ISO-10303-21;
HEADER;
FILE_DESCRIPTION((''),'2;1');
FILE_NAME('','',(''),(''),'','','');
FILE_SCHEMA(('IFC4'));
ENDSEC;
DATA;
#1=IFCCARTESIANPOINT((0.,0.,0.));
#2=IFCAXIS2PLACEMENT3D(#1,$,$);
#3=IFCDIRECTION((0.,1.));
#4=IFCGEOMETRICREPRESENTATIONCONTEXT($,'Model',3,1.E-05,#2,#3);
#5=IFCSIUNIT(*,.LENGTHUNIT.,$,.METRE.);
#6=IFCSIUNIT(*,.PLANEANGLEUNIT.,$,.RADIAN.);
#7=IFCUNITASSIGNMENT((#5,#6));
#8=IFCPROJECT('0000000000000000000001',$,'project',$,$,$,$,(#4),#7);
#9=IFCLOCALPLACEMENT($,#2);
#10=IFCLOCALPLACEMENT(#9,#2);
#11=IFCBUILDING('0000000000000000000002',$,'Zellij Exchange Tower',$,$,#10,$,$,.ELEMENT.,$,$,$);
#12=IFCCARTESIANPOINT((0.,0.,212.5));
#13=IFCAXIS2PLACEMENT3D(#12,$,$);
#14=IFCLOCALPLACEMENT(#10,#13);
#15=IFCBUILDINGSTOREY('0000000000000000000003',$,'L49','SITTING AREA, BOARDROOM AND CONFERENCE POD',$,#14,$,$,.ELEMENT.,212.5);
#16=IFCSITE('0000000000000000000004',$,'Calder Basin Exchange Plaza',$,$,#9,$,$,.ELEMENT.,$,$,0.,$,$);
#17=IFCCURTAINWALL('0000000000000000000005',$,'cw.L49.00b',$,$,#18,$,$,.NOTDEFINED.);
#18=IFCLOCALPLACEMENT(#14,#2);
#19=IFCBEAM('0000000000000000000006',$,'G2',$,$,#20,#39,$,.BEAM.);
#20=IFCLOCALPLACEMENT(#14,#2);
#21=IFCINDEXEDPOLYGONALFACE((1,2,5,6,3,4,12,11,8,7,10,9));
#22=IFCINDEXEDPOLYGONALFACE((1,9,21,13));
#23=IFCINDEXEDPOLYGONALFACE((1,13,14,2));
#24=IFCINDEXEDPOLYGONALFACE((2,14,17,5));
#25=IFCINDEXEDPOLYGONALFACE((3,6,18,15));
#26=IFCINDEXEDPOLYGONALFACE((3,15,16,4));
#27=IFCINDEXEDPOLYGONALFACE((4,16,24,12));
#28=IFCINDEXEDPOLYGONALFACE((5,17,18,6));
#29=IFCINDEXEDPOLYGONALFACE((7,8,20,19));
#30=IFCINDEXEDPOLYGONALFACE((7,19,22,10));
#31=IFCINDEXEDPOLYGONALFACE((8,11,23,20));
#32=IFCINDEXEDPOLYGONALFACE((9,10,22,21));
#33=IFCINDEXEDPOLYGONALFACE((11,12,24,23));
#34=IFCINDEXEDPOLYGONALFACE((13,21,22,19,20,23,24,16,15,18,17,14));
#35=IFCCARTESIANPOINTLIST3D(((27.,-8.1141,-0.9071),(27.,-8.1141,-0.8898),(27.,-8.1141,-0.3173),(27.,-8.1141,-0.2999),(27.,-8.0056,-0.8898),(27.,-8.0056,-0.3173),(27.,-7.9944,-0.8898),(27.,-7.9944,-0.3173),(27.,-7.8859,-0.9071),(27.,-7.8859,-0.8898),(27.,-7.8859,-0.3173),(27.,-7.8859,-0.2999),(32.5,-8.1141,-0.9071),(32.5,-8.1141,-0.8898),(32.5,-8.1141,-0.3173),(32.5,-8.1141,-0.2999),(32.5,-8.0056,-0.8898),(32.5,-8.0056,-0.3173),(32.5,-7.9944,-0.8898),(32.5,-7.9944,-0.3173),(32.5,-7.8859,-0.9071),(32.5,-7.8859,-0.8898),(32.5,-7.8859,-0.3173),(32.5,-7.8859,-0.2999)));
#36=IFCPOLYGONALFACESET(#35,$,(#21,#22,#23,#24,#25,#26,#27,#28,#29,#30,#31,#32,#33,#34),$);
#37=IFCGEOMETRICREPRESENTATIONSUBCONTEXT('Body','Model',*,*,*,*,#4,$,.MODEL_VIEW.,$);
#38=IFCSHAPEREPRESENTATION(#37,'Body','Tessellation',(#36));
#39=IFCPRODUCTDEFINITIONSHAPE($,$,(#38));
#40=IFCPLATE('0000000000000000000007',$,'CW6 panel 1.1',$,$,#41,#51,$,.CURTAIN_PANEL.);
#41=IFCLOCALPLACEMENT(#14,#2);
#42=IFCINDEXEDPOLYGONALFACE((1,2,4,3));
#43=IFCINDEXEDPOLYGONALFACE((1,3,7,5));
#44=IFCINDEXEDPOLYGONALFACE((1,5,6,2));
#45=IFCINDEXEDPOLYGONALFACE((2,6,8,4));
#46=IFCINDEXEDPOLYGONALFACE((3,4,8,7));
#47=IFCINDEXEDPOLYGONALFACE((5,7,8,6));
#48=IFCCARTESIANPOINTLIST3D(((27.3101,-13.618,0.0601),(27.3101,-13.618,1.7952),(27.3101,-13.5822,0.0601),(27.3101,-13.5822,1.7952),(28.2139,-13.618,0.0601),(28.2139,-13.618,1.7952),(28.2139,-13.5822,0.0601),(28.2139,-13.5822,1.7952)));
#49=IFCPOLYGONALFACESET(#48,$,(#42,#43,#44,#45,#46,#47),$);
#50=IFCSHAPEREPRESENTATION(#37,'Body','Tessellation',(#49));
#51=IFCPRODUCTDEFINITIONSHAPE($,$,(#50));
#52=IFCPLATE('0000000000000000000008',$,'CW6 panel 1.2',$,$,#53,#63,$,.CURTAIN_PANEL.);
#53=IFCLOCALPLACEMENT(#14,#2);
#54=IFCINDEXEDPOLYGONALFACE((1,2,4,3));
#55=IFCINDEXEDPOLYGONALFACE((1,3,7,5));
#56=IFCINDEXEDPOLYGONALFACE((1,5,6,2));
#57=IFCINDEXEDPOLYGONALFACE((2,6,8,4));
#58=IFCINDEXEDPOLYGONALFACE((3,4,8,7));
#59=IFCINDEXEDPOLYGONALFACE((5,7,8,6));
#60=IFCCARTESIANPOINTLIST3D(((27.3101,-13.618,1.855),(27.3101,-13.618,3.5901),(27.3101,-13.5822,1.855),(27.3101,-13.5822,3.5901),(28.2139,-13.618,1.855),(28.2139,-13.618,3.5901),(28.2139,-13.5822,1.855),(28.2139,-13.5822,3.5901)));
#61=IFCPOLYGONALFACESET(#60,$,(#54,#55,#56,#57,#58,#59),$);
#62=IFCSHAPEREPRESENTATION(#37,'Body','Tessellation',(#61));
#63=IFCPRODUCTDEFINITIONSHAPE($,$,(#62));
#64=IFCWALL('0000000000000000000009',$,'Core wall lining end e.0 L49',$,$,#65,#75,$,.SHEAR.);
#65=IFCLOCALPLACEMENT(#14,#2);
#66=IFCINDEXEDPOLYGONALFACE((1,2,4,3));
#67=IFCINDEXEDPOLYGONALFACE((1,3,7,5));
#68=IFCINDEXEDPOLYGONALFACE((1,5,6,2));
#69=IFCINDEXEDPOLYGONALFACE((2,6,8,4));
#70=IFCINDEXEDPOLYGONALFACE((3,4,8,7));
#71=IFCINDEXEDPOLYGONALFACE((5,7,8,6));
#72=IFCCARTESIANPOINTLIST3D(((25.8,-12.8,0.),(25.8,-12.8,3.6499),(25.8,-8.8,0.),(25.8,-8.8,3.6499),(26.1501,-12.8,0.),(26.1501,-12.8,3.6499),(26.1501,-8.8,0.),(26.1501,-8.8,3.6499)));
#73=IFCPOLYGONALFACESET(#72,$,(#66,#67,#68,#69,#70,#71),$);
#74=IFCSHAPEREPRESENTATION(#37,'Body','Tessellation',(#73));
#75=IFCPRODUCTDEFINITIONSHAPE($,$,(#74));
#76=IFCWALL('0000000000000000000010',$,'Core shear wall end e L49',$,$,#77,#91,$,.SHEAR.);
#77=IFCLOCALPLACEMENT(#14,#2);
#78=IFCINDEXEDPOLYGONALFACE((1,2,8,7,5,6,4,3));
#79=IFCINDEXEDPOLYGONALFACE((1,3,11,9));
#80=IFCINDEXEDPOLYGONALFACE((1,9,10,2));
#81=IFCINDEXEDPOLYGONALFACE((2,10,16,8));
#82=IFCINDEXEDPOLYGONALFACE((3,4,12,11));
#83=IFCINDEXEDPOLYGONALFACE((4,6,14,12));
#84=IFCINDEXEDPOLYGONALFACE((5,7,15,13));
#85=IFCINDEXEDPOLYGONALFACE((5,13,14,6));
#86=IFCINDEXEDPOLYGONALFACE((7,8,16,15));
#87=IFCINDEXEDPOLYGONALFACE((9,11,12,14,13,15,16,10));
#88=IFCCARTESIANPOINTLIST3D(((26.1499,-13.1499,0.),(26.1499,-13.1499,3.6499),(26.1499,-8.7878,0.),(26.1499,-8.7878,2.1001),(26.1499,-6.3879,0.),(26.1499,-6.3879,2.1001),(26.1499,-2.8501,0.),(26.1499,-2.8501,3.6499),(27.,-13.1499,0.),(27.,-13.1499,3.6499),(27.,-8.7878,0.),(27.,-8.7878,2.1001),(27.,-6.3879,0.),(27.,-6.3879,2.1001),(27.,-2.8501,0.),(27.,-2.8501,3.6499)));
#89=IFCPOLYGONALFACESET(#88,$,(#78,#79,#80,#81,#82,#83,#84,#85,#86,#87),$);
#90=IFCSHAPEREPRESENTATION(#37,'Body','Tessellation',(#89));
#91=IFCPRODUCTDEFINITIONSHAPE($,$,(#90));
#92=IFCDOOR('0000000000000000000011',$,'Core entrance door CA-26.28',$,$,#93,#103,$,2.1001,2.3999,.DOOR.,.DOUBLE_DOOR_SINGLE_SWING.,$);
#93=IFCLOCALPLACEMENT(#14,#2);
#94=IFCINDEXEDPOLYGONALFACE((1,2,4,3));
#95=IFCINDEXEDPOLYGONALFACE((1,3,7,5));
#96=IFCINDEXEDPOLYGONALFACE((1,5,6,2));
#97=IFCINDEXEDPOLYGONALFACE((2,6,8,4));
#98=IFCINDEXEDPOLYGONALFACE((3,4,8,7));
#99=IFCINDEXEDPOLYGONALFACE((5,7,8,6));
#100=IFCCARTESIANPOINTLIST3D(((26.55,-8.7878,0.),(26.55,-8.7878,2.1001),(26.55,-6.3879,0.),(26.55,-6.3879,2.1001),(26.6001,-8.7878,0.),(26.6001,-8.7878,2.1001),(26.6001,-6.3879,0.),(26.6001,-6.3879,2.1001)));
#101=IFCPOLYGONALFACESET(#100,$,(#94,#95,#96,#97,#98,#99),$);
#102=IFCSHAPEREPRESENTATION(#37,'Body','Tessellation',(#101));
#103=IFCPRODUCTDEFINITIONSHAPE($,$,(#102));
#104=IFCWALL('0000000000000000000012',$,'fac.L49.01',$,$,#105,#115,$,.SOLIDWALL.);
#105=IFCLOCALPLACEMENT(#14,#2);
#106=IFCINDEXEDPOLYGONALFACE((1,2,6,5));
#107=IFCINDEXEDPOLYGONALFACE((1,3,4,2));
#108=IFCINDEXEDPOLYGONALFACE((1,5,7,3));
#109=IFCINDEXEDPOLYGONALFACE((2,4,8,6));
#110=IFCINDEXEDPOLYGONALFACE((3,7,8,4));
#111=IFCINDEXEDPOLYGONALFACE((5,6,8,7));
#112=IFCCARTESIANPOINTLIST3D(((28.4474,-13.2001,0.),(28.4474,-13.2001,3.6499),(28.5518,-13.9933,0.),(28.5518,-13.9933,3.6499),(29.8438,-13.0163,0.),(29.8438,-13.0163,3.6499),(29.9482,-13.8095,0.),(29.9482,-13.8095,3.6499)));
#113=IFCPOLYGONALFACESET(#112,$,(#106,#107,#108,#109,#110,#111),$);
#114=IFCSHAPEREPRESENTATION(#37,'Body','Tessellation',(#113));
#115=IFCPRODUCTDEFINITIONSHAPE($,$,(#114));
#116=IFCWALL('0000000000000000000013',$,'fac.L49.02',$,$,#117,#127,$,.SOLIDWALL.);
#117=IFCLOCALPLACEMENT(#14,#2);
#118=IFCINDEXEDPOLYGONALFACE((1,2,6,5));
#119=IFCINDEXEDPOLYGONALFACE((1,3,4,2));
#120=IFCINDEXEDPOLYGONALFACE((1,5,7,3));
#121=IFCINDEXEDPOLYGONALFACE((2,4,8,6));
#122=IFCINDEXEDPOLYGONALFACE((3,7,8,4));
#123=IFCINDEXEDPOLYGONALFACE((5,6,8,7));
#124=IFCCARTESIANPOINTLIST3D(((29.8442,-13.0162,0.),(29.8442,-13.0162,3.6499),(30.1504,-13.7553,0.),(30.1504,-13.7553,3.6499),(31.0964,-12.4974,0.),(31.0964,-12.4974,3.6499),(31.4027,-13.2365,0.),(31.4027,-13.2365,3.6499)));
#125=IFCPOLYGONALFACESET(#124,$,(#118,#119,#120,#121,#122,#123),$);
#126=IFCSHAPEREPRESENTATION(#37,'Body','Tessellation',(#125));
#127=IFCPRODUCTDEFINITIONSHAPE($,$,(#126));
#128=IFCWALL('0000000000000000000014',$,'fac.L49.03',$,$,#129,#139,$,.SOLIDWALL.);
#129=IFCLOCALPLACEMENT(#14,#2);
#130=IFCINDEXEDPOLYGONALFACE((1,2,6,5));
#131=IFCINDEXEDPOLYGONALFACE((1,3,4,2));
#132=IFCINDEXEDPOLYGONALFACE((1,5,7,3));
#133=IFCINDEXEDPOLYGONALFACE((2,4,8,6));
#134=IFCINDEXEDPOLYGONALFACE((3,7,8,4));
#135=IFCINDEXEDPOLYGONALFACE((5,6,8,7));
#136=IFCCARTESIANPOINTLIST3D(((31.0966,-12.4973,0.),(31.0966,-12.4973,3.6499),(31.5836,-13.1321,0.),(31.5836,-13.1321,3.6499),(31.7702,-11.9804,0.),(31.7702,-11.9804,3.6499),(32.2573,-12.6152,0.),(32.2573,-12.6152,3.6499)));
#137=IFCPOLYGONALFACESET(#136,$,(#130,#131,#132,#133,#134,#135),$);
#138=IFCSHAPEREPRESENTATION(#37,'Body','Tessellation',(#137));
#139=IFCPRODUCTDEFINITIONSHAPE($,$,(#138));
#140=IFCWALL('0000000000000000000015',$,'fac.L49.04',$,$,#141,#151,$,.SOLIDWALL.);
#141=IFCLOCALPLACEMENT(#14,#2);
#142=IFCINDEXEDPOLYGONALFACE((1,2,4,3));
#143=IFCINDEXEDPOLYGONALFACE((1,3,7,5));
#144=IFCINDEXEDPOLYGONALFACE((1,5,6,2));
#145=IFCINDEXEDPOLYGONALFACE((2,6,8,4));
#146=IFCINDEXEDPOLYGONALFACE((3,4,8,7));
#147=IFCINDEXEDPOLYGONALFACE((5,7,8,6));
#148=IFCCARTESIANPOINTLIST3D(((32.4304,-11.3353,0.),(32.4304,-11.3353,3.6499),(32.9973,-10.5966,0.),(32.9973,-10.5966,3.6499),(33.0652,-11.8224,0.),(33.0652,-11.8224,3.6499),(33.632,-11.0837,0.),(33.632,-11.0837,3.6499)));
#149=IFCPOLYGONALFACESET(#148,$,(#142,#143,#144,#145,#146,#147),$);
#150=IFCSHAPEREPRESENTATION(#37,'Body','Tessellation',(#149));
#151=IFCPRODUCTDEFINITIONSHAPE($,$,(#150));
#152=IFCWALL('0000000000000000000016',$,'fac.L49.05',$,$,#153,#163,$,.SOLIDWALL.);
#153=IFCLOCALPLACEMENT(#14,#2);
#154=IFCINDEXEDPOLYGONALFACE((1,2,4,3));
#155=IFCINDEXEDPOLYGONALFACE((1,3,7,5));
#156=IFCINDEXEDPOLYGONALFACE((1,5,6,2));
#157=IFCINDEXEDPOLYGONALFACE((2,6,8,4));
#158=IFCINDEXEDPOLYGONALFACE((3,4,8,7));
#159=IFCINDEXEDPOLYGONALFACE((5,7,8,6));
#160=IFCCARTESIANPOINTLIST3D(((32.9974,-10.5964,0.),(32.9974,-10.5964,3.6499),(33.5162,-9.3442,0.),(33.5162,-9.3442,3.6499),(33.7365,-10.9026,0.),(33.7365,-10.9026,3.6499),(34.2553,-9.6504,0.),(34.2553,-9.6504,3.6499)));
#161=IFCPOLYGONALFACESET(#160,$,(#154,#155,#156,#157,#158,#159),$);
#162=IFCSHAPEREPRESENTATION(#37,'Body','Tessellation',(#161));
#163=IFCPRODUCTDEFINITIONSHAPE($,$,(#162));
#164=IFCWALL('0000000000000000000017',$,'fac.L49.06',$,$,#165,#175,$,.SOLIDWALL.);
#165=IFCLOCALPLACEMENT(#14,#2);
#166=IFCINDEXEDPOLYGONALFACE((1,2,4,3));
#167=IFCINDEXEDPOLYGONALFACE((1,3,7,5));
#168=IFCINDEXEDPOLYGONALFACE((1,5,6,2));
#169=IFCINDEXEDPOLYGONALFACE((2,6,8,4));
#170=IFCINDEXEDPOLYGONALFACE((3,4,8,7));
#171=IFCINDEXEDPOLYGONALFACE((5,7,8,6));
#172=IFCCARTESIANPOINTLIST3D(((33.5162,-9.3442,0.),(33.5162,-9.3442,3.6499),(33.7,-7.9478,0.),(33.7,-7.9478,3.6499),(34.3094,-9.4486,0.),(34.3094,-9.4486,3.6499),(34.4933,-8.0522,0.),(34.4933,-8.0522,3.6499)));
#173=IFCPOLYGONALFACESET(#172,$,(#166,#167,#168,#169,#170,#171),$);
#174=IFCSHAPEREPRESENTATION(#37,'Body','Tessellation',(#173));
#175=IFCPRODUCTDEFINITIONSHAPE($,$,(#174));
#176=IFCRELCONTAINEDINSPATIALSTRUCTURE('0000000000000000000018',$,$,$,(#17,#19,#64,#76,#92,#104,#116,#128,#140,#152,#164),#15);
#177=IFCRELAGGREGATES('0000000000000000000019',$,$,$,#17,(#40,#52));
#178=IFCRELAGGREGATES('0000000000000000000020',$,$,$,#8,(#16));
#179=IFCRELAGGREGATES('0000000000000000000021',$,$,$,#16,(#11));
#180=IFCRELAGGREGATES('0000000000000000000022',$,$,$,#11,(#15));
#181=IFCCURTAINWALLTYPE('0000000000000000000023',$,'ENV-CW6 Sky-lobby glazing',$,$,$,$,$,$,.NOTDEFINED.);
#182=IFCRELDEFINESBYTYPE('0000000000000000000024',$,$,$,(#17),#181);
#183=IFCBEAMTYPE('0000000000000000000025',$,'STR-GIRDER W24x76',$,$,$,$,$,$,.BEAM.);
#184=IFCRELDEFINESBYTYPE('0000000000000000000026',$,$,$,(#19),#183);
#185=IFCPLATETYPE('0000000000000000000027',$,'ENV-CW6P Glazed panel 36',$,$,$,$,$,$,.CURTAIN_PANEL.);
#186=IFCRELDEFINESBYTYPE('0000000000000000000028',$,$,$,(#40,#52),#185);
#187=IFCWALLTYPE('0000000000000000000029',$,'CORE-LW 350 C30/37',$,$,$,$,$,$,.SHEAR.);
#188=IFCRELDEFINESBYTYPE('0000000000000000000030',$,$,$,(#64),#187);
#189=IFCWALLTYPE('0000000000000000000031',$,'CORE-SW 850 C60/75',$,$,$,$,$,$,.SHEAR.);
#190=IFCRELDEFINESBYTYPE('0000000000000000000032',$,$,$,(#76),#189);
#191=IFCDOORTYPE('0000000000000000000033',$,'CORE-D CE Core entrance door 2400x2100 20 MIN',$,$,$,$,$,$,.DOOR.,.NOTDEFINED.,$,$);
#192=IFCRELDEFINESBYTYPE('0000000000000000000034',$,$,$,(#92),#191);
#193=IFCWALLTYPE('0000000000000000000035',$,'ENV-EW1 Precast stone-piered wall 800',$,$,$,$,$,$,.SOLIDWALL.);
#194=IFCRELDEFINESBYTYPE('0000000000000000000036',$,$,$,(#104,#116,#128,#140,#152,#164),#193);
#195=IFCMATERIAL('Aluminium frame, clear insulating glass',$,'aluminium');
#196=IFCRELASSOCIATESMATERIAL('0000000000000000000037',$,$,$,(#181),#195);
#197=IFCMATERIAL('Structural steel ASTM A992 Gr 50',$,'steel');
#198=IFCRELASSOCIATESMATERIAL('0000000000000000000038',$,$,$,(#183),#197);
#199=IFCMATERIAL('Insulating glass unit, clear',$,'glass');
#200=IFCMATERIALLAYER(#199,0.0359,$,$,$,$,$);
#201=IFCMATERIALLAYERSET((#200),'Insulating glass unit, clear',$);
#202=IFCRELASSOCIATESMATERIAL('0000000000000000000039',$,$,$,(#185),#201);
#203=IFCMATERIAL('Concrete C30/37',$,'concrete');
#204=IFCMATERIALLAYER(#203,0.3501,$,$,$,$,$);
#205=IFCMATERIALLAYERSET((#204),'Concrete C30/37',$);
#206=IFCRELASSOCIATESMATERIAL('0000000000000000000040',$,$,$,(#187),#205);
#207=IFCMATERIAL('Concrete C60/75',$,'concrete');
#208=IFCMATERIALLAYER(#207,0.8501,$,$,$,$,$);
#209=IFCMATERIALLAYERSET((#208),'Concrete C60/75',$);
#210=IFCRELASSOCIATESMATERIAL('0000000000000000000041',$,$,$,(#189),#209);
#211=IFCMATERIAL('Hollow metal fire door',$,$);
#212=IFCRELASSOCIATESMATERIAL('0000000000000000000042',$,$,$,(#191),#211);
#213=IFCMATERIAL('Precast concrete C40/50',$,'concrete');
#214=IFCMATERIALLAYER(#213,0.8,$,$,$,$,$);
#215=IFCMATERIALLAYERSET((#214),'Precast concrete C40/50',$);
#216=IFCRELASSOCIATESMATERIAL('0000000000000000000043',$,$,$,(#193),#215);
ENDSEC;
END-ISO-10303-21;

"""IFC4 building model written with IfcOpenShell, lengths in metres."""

from ifc_helpers import new_model, si_unit, direction, frame, frame_2d, origin, origin_2d, place, context, subcontext, project, spatial, rectangle, i_section, extrude, material, layer, layer_set, material_profile, profile_set, type_object, element, fill, aggregate, save


model = new_model("IFC4")

# Units and contexts
model_context = context("Model", 3, precision=1e-05, world=origin(), true_north=direction((0.0, 1.0)))
body_context = subcontext(model_context, "Body", "Model", "MODEL_VIEW")
ifc_project = project(units=[si_unit("LENGTHUNIT", "METRE"), si_unit("PLANEANGLEUNIT", "RADIAN")], contexts=[model_context])

# Site, building, storey
site_placement = place(None, origin())
site = spatial("IfcSite", under=ifc_project, at=site_placement, Name="Calder Basin Exchange Plaza", CompositionType="ELEMENT", RefElevation=0.0)
building_placement = place(site_placement, origin())
building = spatial("IfcBuilding", under=site, at=building_placement, Name="Zellij Exchange Tower", CompositionType="ELEMENT")
storey_placement = place(building_placement, frame((0.0, 0.0, 212.5)))
storey = spatial("IfcBuildingStorey", under=building, at=storey_placement, Name="L49", Description="SITTING AREA, BOARDROOM AND CONFERENCE POD", CompositionType="ELEMENT", Elevation=212.5)

# Shared definitions
ifc_material_1 = material(Name="Concrete C60/75", Category="concrete")

# Curtain wall
ifc_material_2 = material(Name="Aluminium frame, clear insulating glass", Category="aluminium")
curtain_wall_type = type_object("IfcCurtainWallType", Name="ENV-CW6 Sky-lobby glazing", PredefinedType="NOTDEFINED", material=ifc_material_2)
curtain_wall_placement = place(storey_placement, origin())
curtain_wall = element("IfcCurtainWall", 1, at=curtain_wall_placement, inside=storey, type_object=curtain_wall_type, Name="cw.L49.00b", PredefinedType="NOTDEFINED")

# Beam
ifc_material_3 = material(Name="Structural steel ASTM A992 Gr 50", Category="steel")
ifc_material_profile_1 = material_profile(ifc_material_3, i_section(OverallWidth=0.2283, OverallDepth=0.6072, WebThickness=0.0112, FlangeThickness=0.0173, at=origin_2d()), Name="W24x76")
ifc_profile_set_1 = profile_set([ifc_material_profile_1], Name="Structural steel ASTM A992 Gr 50")
beam_type_1 = type_object("IfcBeamType", Name="STR-GIRDER W24x76", PredefinedType="BEAM", material=ifc_profile_set_1)
beam_1_placement = place(storey_placement, frame((27.0, -8.0, -0.6035), z_axis=(1.0, 0.0, 0.0), x_axis=(0.0, 1.0, 0.0)))
element("IfcBeam", 2, at=beam_1_placement, inside=storey, type_object=beam_type_1, Name="G2", PredefinedType="BEAM", context=body_context, shape_type="SweptSolid", body=[
    extrude(i_section(OverallWidth=0.2283, OverallDepth=0.6072, WebThickness=0.0112, FlangeThickness=0.0173, at=origin_2d()), origin(), (0.0, 0.0, 1.0), 5.5),
])

# Plates
ifc_material_4 = material(Name="Insulating glass unit, clear", Category="glass")
ifc_layer_1 = layer(ifc_material_4, 0.0359)
ifc_layer_set_1 = layer_set([ifc_layer_1], Name="Insulating glass unit, clear")
plate_type = type_object("IfcPlateType", Name="ENV-CW6P Glazed panel 36", PredefinedType="CURTAIN_PANEL", material=ifc_layer_set_1)
plate_1_placement = place(storey_placement, frame((27.762, -13.6001, 0.0601), z_axis=(0.0, 0.0, 1.0), x_axis=(1.0, 0.0, 0.0)))
plate_1 = element("IfcPlate", 3, at=plate_1_placement, type_object=plate_type, Name="CW6 panel 1.1", PredefinedType="CURTAIN_PANEL", context=body_context, shape_type="SweptSolid", body=[
    extrude(rectangle(XDim=0.9038, YDim=0.0359, at=origin_2d()), origin(), (0.0, 0.0, 1.0), 1.7351),
])
plate_2_placement = place(storey_placement, frame((27.762, -13.6001, 1.855), z_axis=(0.0, 0.0, 1.0), x_axis=(1.0, 0.0, 0.0)))
plate_2 = element("IfcPlate", 4, at=plate_2_placement, type_object=plate_type, Name="CW6 panel 1.2", PredefinedType="CURTAIN_PANEL", context=body_context, shape_type="SweptSolid", body=[
    extrude(rectangle(XDim=0.9038, YDim=0.0359, at=origin_2d()), origin(), (0.0, 0.0, 1.0), 1.7351),
])
aggregate(curtain_wall, [plate_1, plate_2])

# Wall
ifc_material_5 = material(Name="Concrete C30/37", Category="concrete")
ifc_layer_2 = layer(ifc_material_5, 0.3501)
ifc_layer_set_2 = layer_set([ifc_layer_2], Name="Concrete C30/37")
wall_type_1 = type_object("IfcWallType", Name="CORE-LW 350 C30/37", PredefinedType="SHEAR", material=ifc_layer_set_2)
wall_1_placement = place(storey_placement, frame((25.9751, -12.8, 0.0), z_axis=(0.0, 0.0, 1.0), x_axis=(0.0, 1.0, 0.0)))
element("IfcWall", 5, at=wall_1_placement, inside=storey, type_object=wall_type_1, Name="Core wall lining end e.0 L49", PredefinedType="SHEAR", context=body_context, shape_type="SweptSolid", body=[
    extrude(rectangle(XDim=4.0, YDim=0.3501, at=frame_2d((2.0, 0.0))), origin(), (0.0, 0.0, 1.0), 3.6499),
])

# Wall, opening, door
ifc_layer_3 = layer(ifc_material_1, 0.8501)
ifc_layer_set_3 = layer_set([ifc_layer_3], Name="Concrete C60/75")
wall_type_2 = type_object("IfcWallType", Name="CORE-SW 850 C60/75", PredefinedType="SHEAR", material=ifc_layer_set_3)
wall_2_placement = place(storey_placement, frame((26.575, -13.1499, 0.0), z_axis=(0.0, 0.0, 1.0), x_axis=(0.0, 1.0, 0.0)))
wall_2 = element("IfcWall", 6, at=wall_2_placement, inside=storey, type_object=wall_type_2, Name="Core shear wall end e L49", PredefinedType="SHEAR", context=body_context, shape_type="SweptSolid", body=[
    extrude(rectangle(XDim=10.2998, YDim=0.8501, at=frame_2d((5.1499, 0.0))), origin(), (0.0, 0.0, 1.0), 3.6499),
])
opening_placement = place(wall_2_placement, frame((4.3621, 0.0, 0.0)))
opening = element("IfcOpeningElement", 7, at=opening_placement, cuts=wall_2, PredefinedType="OPENING", context=body_context, shape_type="SweptSolid", body=[
    extrude(rectangle(XDim=2.3999, YDim=2.1001, at=frame_2d((1.2, 1.05))), frame((0.0, 0.437, 0.0), z_axis=(0.0, -1.0, 0.0), x_axis=(1.0, 0.0, 0.0)), (0.0, 0.0, 1.0), 0.874),
])
ifc_material_6 = material(Name="Hollow metal fire door")
door_type = type_object("IfcDoorType", Name="CORE-D CE Core entrance door 2400x2100 20 MIN", OperationType="NOTDEFINED", PredefinedType="DOOR", material=ifc_material_6)
door_placement = place(opening_placement, origin())
door = element("IfcDoor", 8, at=door_placement, inside=storey, type_object=door_type, Name="Core entrance door CA-26.28", OperationType="DOUBLE_DOOR_SINGLE_SWING", OverallHeight=2.1001, OverallWidth=2.3999, PredefinedType="DOOR", context=body_context, shape_type="SweptSolid", body=[
    extrude(rectangle(XDim=2.3999, YDim=2.1001, at=frame_2d((1.2, 1.05))), frame((0.0, 0.0249, 0.0), z_axis=(0.0, -1.0, 0.0), x_axis=(1.0, 0.0, 0.0)), (0.0, 0.0, 1.0), 0.05),
])
fill(opening, door)

# Walls
ifc_material_7 = material(Name="Precast concrete C40/50", Category="concrete")
ifc_layer_4 = layer(ifc_material_7, 0.8)
ifc_layer_set_4 = layer_set([ifc_layer_4], Name="Precast concrete C40/50")
wall_type_3 = type_object("IfcWallType", Name="ENV-EW1 Precast stone-piered wall 800", PredefinedType="SOLIDWALL", material=ifc_layer_set_4)
wall_3_placement = place(storey_placement, frame((28.4998, -13.5967, 0.0), z_axis=(0.0, 0.0, 1.0), x_axis=(0.991446, 0.130517, 0.0)))
element("IfcWall", 9, at=wall_3_placement, inside=storey, type_object=wall_type_3, Name="fac.L49.01", PredefinedType="SOLIDWALL", context=body_context, shape_type="SweptSolid", body=[
    extrude(rectangle(XDim=1.4084, YDim=0.8, at=frame_2d((0.7041, 0.0))), origin(), (0.0, 0.0, 1.0), 3.6499),
])
wall_4_placement = place(storey_placement, frame((29.9973, -13.3857, 0.0), z_axis=(0.0, 0.0, 1.0), x_axis=(0.923848, 0.38276, 0.0)))
element("IfcWall", 10, at=wall_4_placement, inside=storey, type_object=wall_type_3, Name="fac.L49.02", PredefinedType="SOLIDWALL", context=body_context, shape_type="SweptSolid", body=[
    extrude(rectangle(XDim=1.3555, YDim=0.8, at=frame_2d((0.6777, 0.0))), origin(), (0.0, 0.0, 1.0), 3.6499),
])
wall_5_placement = place(storey_placement, frame((31.3401, -12.8147, 0.0), z_axis=(0.0, 0.0, 1.0), x_axis=(0.793361, 0.608751, 0.0)))
element("IfcWall", 11, at=wall_5_placement, inside=storey, type_object=wall_type_3, Name="fac.L49.03", PredefinedType="SOLIDWALL", context=body_context, shape_type="SweptSolid", body=[
    extrude(rectangle(XDim=0.8491, YDim=0.8, at=frame_2d((0.4246, 0.0))), origin(), (0.0, 0.0, 1.0), 3.6499),
])
wall_6_placement = place(storey_placement, frame((32.7478, -11.5789, 0.0), z_axis=(0.0, 0.0, 1.0), x_axis=(0.608773, 0.793345, 0.0)))
element("IfcWall", 12, at=wall_6_placement, inside=storey, type_object=wall_type_3, Name="fac.L49.04", PredefinedType="SOLIDWALL", context=body_context, shape_type="SweptSolid", body=[
    extrude(rectangle(XDim=0.9312, YDim=0.8, at=frame_2d((0.4656, 0.0))), origin(), (0.0, 0.0, 1.0), 3.6499),
])
wall_7_placement = place(storey_placement, frame((33.3669, -10.7495, 0.0), z_axis=(0.0, 0.0, 1.0), x_axis=(0.38276, 0.923848, 0.0)))
element("IfcWall", 13, at=wall_7_placement, inside=storey, type_object=wall_type_3, Name="fac.L49.05", PredefinedType="SOLIDWALL", context=body_context, shape_type="SweptSolid", body=[
    extrude(rectangle(XDim=1.3555, YDim=0.8, at=frame_2d((0.6777, 0.0))), origin(), (0.0, 0.0, 1.0), 3.6499),
])
wall_8_placement = place(storey_placement, frame((33.9128, -9.3962, 0.0), z_axis=(0.0, 0.0, 1.0), x_axis=(0.130517, 0.991446, 0.0)))
element("IfcWall", 14, at=wall_8_placement, inside=storey, type_object=wall_type_3, Name="fac.L49.06", PredefinedType="SOLIDWALL", context=body_context, shape_type="SweptSolid", body=[
    extrude(rectangle(XDim=1.4084, YDim=0.8, at=frame_2d((0.7041, 0.0))), origin(), (0.0, 0.0, 1.0), 3.6499),
])

save(model, "model.ifc")
